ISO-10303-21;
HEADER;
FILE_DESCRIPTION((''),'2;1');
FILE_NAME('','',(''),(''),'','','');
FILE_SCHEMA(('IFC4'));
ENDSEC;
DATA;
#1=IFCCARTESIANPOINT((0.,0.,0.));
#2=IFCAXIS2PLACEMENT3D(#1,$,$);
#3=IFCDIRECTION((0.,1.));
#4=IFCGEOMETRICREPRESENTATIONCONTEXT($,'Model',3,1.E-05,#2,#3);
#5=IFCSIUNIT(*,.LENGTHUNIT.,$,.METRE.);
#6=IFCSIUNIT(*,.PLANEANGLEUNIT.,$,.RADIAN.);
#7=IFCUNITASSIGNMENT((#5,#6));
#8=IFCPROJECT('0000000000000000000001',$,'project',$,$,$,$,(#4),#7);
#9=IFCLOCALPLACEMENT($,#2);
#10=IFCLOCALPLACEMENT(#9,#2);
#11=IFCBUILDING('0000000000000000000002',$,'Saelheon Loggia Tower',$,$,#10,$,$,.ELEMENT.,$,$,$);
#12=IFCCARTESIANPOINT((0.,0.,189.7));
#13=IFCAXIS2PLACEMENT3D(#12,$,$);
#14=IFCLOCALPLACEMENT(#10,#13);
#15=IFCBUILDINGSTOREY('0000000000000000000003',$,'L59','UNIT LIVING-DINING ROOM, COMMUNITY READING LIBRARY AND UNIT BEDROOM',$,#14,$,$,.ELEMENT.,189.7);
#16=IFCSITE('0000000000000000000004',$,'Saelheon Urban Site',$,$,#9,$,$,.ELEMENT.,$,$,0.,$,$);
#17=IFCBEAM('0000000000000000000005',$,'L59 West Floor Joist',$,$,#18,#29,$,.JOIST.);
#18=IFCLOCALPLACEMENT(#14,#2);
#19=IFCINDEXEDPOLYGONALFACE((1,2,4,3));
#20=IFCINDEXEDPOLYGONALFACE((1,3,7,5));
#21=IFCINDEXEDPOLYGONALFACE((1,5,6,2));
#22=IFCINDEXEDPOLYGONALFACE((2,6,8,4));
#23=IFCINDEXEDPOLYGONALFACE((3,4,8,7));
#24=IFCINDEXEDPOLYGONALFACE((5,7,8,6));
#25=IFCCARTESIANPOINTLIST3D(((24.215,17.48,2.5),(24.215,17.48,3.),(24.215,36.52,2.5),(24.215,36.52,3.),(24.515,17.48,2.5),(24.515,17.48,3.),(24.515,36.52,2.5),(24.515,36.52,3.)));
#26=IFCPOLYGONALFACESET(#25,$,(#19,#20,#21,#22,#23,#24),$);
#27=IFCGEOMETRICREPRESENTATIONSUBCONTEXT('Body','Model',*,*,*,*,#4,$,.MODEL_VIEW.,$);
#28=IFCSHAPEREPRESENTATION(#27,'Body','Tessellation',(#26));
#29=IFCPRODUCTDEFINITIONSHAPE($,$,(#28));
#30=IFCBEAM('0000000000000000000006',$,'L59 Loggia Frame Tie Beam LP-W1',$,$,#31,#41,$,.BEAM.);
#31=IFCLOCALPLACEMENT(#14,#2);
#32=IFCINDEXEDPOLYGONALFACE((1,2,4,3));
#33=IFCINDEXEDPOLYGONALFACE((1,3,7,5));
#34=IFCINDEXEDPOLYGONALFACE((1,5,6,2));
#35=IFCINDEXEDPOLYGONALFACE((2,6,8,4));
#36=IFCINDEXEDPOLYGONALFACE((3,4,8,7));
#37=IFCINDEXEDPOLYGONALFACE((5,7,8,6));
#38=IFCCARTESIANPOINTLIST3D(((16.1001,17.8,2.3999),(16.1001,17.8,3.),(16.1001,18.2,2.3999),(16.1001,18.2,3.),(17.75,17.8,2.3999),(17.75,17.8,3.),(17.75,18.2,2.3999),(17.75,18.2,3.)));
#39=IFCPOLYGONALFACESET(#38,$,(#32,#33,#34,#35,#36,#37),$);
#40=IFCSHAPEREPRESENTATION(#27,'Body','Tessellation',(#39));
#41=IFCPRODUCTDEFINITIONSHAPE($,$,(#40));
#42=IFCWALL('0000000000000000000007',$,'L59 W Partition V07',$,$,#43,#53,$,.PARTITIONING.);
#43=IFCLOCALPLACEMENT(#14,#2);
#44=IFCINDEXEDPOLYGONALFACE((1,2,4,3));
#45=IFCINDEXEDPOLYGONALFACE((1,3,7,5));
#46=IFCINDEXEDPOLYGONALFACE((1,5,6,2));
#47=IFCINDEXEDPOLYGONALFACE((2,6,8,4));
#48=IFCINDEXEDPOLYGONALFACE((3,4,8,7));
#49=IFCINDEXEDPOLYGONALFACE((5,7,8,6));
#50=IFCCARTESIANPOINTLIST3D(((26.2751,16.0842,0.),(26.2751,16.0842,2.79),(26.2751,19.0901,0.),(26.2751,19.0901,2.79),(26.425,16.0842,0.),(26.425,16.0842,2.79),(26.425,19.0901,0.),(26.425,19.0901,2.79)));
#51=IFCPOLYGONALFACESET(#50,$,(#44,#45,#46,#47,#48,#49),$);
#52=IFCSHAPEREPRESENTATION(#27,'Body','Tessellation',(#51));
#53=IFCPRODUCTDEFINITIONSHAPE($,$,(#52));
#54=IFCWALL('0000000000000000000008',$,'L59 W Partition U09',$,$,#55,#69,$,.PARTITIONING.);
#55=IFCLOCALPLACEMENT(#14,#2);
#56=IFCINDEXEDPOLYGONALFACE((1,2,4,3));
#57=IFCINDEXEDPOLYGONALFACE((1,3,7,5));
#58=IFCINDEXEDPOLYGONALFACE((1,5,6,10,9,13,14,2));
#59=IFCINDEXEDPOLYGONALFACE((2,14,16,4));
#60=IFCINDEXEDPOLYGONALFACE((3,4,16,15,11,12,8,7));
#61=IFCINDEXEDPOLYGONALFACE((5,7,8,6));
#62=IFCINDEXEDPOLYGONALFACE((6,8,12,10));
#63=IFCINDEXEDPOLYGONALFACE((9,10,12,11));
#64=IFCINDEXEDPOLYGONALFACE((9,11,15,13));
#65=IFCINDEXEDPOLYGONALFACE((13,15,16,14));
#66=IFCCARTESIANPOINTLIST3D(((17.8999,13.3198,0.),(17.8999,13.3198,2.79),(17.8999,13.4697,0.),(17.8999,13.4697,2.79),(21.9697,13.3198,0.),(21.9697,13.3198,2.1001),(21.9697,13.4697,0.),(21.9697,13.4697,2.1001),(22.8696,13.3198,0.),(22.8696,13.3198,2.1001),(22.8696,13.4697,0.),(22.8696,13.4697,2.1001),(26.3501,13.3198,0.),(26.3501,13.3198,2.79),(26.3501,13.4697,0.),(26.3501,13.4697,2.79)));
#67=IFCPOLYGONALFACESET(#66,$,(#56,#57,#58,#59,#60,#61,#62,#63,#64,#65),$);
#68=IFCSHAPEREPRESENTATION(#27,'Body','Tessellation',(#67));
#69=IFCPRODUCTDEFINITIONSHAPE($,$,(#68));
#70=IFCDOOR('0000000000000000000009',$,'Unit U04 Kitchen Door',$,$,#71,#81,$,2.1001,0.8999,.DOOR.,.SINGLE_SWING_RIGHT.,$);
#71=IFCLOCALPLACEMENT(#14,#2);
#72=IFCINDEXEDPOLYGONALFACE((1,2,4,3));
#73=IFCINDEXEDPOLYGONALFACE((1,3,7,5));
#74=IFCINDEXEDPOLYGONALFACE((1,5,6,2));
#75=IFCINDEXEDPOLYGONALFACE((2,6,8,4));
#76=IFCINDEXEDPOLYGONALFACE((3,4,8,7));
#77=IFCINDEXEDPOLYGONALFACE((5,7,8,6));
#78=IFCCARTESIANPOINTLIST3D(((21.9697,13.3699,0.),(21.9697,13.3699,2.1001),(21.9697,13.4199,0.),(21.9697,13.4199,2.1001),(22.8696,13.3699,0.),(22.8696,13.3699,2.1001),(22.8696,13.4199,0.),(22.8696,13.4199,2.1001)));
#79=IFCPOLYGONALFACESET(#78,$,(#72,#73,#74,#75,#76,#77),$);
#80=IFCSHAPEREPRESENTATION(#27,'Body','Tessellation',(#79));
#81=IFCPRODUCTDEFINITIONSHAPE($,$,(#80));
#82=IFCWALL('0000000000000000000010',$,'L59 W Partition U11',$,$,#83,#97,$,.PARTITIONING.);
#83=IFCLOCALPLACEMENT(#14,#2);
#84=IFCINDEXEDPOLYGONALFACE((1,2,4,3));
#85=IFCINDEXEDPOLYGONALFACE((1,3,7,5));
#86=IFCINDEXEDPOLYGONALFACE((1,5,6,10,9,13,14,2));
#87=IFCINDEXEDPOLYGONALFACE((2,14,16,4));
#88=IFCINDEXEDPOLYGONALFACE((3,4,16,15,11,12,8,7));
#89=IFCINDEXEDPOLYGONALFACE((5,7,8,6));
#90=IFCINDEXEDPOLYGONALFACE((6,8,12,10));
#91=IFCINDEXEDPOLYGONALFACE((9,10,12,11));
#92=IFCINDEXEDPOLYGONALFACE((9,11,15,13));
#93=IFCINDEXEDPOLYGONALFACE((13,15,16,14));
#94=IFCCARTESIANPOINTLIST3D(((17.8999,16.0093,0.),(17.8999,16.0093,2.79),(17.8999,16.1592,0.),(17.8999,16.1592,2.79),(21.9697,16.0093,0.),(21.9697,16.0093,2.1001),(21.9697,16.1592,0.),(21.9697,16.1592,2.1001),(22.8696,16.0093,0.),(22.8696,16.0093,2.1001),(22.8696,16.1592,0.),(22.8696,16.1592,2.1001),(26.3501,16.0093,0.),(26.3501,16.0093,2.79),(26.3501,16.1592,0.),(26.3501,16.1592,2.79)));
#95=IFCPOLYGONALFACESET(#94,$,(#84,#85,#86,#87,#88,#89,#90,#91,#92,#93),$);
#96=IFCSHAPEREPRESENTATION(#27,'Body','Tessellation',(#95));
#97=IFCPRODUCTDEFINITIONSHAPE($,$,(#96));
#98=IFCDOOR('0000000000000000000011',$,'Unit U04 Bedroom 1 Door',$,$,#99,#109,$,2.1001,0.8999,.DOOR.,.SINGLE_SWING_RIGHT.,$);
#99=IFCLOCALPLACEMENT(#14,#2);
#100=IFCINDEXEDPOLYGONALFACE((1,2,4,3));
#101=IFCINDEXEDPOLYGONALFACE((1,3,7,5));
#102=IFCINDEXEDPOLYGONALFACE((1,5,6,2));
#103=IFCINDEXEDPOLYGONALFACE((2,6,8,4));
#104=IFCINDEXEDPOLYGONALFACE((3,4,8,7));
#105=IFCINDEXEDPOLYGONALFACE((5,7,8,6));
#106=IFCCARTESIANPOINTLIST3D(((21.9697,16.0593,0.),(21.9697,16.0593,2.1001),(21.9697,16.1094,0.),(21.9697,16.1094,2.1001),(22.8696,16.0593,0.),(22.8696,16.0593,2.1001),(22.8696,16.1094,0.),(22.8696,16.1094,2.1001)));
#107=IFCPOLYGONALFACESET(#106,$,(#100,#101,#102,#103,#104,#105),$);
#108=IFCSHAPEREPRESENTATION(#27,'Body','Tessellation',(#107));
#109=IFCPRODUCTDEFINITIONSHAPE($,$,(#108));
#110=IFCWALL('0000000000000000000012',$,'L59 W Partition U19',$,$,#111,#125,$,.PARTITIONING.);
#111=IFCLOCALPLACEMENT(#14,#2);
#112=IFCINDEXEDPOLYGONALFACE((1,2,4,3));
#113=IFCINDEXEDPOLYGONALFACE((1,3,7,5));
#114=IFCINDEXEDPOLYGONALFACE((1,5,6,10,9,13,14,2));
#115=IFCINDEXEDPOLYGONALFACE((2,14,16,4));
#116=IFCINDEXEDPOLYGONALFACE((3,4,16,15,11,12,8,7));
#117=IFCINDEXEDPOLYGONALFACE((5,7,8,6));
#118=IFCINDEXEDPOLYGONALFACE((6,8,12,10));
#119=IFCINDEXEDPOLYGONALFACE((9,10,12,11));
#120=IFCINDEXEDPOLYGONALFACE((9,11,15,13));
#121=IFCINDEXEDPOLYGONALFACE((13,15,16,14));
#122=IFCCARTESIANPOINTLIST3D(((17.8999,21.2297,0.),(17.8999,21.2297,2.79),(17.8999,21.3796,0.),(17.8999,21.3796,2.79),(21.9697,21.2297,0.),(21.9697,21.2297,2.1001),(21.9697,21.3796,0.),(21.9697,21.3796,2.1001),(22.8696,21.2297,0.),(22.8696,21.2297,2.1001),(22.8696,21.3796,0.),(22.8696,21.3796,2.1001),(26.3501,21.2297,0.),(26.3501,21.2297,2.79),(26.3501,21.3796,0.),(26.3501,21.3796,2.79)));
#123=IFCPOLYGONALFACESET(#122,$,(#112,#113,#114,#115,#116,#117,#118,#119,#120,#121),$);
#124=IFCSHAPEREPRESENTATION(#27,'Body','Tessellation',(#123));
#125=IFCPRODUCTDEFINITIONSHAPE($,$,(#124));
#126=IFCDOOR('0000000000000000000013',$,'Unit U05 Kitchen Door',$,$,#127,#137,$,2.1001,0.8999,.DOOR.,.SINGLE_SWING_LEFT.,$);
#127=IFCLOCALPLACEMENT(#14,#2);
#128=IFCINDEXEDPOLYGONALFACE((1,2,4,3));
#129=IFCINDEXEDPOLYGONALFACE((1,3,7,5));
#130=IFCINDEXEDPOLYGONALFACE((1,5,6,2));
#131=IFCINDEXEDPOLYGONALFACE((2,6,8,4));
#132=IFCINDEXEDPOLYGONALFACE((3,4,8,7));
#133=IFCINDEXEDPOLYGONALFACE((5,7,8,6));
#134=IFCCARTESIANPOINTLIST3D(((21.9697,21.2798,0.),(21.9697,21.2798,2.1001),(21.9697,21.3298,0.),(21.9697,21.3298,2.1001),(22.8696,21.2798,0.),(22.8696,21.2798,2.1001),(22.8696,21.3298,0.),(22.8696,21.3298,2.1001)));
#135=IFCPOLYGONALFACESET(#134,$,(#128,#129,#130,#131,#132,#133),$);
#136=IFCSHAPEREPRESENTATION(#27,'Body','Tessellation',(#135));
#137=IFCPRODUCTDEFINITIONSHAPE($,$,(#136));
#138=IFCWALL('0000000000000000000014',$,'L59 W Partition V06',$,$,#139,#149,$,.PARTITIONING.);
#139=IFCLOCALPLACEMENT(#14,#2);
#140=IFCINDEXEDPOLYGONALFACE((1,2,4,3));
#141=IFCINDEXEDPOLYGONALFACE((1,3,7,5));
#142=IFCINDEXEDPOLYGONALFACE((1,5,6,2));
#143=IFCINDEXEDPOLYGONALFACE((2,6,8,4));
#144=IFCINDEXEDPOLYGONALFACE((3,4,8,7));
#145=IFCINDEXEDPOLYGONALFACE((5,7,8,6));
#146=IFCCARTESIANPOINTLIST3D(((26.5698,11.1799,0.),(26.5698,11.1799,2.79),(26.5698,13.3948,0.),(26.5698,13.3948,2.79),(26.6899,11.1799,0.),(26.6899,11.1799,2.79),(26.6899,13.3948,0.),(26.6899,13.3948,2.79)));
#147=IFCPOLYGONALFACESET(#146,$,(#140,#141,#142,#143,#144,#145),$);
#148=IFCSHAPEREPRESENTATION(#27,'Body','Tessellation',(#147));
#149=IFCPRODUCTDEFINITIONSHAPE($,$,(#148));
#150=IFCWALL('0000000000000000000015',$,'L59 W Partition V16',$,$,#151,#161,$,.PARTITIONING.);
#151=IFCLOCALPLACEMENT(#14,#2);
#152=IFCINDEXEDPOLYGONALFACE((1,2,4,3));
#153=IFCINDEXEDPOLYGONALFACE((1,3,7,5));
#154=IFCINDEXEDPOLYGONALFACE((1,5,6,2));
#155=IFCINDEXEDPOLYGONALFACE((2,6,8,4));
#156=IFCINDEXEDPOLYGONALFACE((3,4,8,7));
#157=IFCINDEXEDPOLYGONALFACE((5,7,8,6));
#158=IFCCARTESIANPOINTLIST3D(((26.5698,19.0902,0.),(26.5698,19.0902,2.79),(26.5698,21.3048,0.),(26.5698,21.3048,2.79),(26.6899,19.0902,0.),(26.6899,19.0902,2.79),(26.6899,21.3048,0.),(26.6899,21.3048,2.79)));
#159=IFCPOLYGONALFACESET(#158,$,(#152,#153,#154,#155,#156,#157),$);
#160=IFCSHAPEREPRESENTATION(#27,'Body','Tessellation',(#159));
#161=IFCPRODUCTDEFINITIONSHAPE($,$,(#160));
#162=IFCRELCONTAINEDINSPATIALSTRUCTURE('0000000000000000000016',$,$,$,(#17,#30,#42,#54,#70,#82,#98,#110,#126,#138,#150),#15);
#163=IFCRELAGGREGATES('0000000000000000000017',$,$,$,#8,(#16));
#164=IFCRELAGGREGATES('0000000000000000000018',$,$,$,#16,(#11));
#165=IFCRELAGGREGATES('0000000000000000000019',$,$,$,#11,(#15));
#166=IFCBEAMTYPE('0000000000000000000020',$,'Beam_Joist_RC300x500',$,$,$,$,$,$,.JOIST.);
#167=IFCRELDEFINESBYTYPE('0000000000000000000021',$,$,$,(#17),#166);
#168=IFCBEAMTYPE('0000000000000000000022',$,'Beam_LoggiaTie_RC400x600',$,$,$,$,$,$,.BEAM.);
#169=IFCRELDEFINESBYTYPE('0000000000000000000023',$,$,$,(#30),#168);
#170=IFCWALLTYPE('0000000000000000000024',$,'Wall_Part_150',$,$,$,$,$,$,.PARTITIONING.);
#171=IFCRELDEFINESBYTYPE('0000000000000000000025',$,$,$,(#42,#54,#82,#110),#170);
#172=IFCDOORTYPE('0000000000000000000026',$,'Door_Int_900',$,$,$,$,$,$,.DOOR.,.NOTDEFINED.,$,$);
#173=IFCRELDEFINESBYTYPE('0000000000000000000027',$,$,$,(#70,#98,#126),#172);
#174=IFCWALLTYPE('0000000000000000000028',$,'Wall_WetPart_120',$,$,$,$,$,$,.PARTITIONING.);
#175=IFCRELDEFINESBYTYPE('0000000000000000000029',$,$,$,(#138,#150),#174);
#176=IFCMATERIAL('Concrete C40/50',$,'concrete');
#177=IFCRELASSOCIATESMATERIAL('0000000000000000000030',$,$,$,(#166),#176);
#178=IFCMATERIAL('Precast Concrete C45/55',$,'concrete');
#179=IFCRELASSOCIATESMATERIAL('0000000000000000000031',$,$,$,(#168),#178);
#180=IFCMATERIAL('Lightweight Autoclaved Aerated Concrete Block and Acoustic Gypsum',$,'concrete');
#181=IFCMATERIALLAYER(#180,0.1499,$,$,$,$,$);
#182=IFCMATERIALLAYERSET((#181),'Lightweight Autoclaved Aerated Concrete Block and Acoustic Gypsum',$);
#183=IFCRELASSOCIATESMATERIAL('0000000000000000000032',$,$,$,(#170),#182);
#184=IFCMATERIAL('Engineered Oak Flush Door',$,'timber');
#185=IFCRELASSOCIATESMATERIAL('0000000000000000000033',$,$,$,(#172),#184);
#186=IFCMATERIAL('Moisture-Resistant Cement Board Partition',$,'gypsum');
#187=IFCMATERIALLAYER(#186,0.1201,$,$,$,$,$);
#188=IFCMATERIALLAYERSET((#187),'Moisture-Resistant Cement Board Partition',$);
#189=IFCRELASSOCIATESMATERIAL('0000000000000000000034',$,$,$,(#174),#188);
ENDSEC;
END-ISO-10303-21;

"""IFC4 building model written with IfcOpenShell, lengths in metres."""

from ifc_helpers import new_model, si_unit, direction, frame, frame_2d, origin, origin_2d, place, context, subcontext, project, spatial, rectangle, extrude, source, transform, mapped, material, layer, layer_set, material_profile, profile_set, type_object, element, fill, save


model = new_model("IFC4")

# Units and contexts
model_context = context("Model", 3, precision=1e-05, world=origin(), true_north=direction((0.0, 1.0)))
body_context = subcontext(model_context, "Body", "Model", "MODEL_VIEW")
ifc_project = project(units=[si_unit("LENGTHUNIT", "METRE"), si_unit("PLANEANGLEUNIT", "RADIAN")], contexts=[model_context])

# Site, building, storey
site_placement = place(None, origin())
site = spatial("IfcSite", under=ifc_project, at=site_placement, Name="Saelheon Urban Site", CompositionType="ELEMENT", RefElevation=0.0)
building_placement = place(site_placement, origin())
building = spatial("IfcBuilding", under=site, at=building_placement, Name="Saelheon Loggia Tower", CompositionType="ELEMENT")
storey_placement = place(building_placement, frame((0.0, 0.0, 189.7)))
storey = spatial("IfcBuildingStorey", under=building, at=storey_placement, Name="L59", Description="UNIT LIVING-DINING ROOM, COMMUNITY READING LIBRARY AND UNIT BEDROOM", CompositionType="ELEMENT", Elevation=189.7)

# Beams
ifc_material_1 = material(Name="Concrete C40/50", Category="concrete")
ifc_material_profile_1 = material_profile(ifc_material_1, rectangle(XDim=0.3, YDim=0.5, at=origin_2d()), Name="RC-300x500")
ifc_profile_set_1 = profile_set([ifc_material_profile_1], Name="Concrete C40/50")
beam_type_1 = type_object("IfcBeamType", Name="Beam_Joist_RC300x500", PredefinedType="JOIST", material=ifc_profile_set_1)
shared_shape_1 = source(origin(), body_context, "Body", "SweptSolid", [
    extrude(rectangle(XDim=0.3, YDim=0.5, at=origin_2d()), origin(), (0.0, 0.0, 1.0), 19.04),
])
beam_1_placement = place(storey_placement, frame((24.365, 17.48, 2.75), z_axis=(0.0, 1.0, 0.0), x_axis=(-1.0, 0.0, 0.0)))
element("IfcBeam", 1, at=beam_1_placement, inside=storey, type_object=beam_type_1, Name="L59 West Floor Joist", PredefinedType="JOIST", context=body_context, shape_type="MappedRepresentation", body=[
    mapped(shared_shape_1, transform((0.0, 0.0, 0.0), scale=1.0)),
])
ifc_material_2 = material(Name="Precast Concrete C45/55", Category="concrete")
ifc_material_profile_2 = material_profile(ifc_material_2, rectangle(XDim=0.3999, YDim=0.6001, at=origin_2d()), Name="RC-400x600")
ifc_profile_set_2 = profile_set([ifc_material_profile_2], Name="Precast Concrete C45/55")
beam_type_2 = type_object("IfcBeamType", Name="Beam_LoggiaTie_RC400x600", PredefinedType="BEAM", material=ifc_profile_set_2)
shared_shape_2 = source(origin(), body_context, "Body", "SweptSolid", [
    extrude(rectangle(XDim=0.3999, YDim=0.6001, at=origin_2d()), origin(), (0.0, 0.0, 1.0), 1.6499),
])
beam_2_placement = place(storey_placement, frame((17.75, 18.0, 2.7), z_axis=(-1.0, 0.0, 0.0), x_axis=(0.0, -1.0, 0.0)))
element("IfcBeam", 2, at=beam_2_placement, inside=storey, type_object=beam_type_2, Name="L59 Loggia Frame Tie Beam LP-W1", PredefinedType="BEAM", context=body_context, shape_type="MappedRepresentation", body=[
    mapped(shared_shape_2, transform((0.0, 0.0, 0.0), scale=1.0)),
])

# Wall
ifc_material_3 = material(Name="Lightweight Autoclaved Aerated Concrete Block and Acoustic Gypsum", Category="concrete")
ifc_layer_1 = layer(ifc_material_3, 0.1499)
ifc_layer_set_1 = layer_set([ifc_layer_1], Name="Lightweight Autoclaved Aerated Concrete Block and Acoustic Gypsum")
wall_type_1 = type_object("IfcWallType", Name="Wall_Part_150", PredefinedType="PARTITIONING", material=ifc_layer_set_1)
wall_1_placement = place(storey_placement, frame((26.3501, 16.0842, 0.0), z_axis=(0.0, 0.0, 1.0), x_axis=(0.0, 1.0, 0.0)))
element("IfcWall", 3, at=wall_1_placement, inside=storey, type_object=wall_type_1, Name="L59 W Partition V07", PredefinedType="PARTITIONING", context=body_context, shape_type="SweptSolid", body=[
    extrude(rectangle(XDim=3.0059, YDim=0.1499, at=frame_2d((1.5029, 0.0))), origin(), (0.0, 0.0, 1.0), 2.79),
])

# Walls, openings, doors
wall_2_placement = place(storey_placement, frame((26.3501, 13.3948, 0.0), z_axis=(0.0, 0.0, 1.0), x_axis=(-1.0, 0.0, 0.0)))
wall_2 = element("IfcWall", 4, at=wall_2_placement, inside=storey, type_object=wall_type_1, Name="L59 W Partition U09", PredefinedType="PARTITIONING", context=body_context, shape_type="SweptSolid", body=[
    extrude(rectangle(XDim=8.4502, YDim=0.1499, at=frame_2d((4.2251, 0.0))), origin(), (0.0, 0.0, 1.0), 2.79),
])
opening_1_placement = place(wall_2_placement, frame((3.4805, 0.0, 0.0)))
opening_1 = element("IfcOpeningElement", 5, at=opening_1_placement, cuts=wall_2, PredefinedType="OPENING", context=body_context, shape_type="SweptSolid", body=[
    extrude(rectangle(XDim=0.8999, YDim=2.1001, at=frame_2d((0.45, 1.05))), frame((0.0, 0.0869, 0.0), z_axis=(0.0, -1.0, 0.0), x_axis=(1.0, 0.0, 0.0)), (0.0, 0.0, 1.0), 0.1738),
])
ifc_material_4 = material(Name="Engineered Oak Flush Door", Category="timber")
door_type = type_object("IfcDoorType", Name="Door_Int_900", OperationType="NOTDEFINED", PredefinedType="DOOR", material=ifc_material_4)
shared_shape_3 = source(origin(), body_context, "Body", "SweptSolid", [
    extrude(rectangle(XDim=0.8999, YDim=2.1001, at=frame_2d((0.45, 1.05))), frame((0.0, 0.0249, 0.0), z_axis=(0.0, -1.0, 0.0), x_axis=(1.0, 0.0, 0.0)), (0.0, 0.0, 1.0), 0.05),
])
door_1_placement = place(opening_1_placement, origin())
door_1 = element("IfcDoor", 6, at=door_1_placement, inside=storey, type_object=door_type, Name="Unit U04 Kitchen Door", OperationType="SINGLE_SWING_RIGHT", OverallHeight=2.1001, OverallWidth=0.8999, PredefinedType="DOOR", context=body_context, shape_type="MappedRepresentation", body=[
    mapped(shared_shape_3, transform((0.0, 0.0, 0.0), scale=1.0)),
])
fill(opening_1, door_1)
wall_3_placement = place(storey_placement, frame((26.3501, 16.0842, 0.0), z_axis=(0.0, 0.0, 1.0), x_axis=(-1.0, 0.0, 0.0)))
wall_3 = element("IfcWall", 7, at=wall_3_placement, inside=storey, type_object=wall_type_1, Name="L59 W Partition U11", PredefinedType="PARTITIONING", context=body_context, shape_type="SweptSolid", body=[
    extrude(rectangle(XDim=8.4502, YDim=0.1499, at=frame_2d((4.2251, 0.0))), origin(), (0.0, 0.0, 1.0), 2.79),
])
opening_2_placement = place(wall_3_placement, frame((3.4805, 0.0, 0.0)))
opening_2 = element("IfcOpeningElement", 8, at=opening_2_placement, cuts=wall_3, PredefinedType="OPENING", context=body_context, shape_type="SweptSolid", body=[
    extrude(rectangle(XDim=0.8999, YDim=2.1001, at=frame_2d((0.45, 1.05))), frame((0.0, 0.0869, 0.0), z_axis=(0.0, -1.0, 0.0), x_axis=(1.0, 0.0, 0.0)), (0.0, 0.0, 1.0), 0.1738),
])
door_2_placement = place(opening_2_placement, origin())
door_2 = element("IfcDoor", 9, at=door_2_placement, inside=storey, type_object=door_type, Name="Unit U04 Bedroom 1 Door", OperationType="SINGLE_SWING_RIGHT", OverallHeight=2.1001, OverallWidth=0.8999, PredefinedType="DOOR", context=body_context, shape_type="MappedRepresentation", body=[
    mapped(shared_shape_3, transform((0.0, 0.0, 0.0), scale=1.0)),
])
fill(opening_2, door_2)
wall_4_placement = place(storey_placement, frame((26.3501, 21.3047, 0.0), z_axis=(0.0, 0.0, 1.0), x_axis=(-1.0, 0.0, 0.0)))
wall_4 = element("IfcWall", 10, at=wall_4_placement, inside=storey, type_object=wall_type_1, Name="L59 W Partition U19", PredefinedType="PARTITIONING", context=body_context, shape_type="SweptSolid", body=[
    extrude(rectangle(XDim=8.4502, YDim=0.1499, at=frame_2d((4.2251, 0.0))), origin(), (0.0, 0.0, 1.0), 2.79),
])
opening_3_placement = place(wall_4_placement, frame((3.4805, 0.0, 0.0)))
opening_3 = element("IfcOpeningElement", 11, at=opening_3_placement, cuts=wall_4, PredefinedType="OPENING", context=body_context, shape_type="SweptSolid", body=[
    extrude(rectangle(XDim=0.8999, YDim=2.1001, at=frame_2d((0.45, 1.05))), frame((0.0, 0.0869, 0.0), z_axis=(0.0, -1.0, 0.0), x_axis=(1.0, 0.0, 0.0)), (0.0, 0.0, 1.0), 0.1738),
])
door_3_placement = place(opening_3_placement, origin())
door_3 = element("IfcDoor", 12, at=door_3_placement, inside=storey, type_object=door_type, Name="Unit U05 Kitchen Door", OperationType="SINGLE_SWING_LEFT", OverallHeight=2.1001, OverallWidth=0.8999, PredefinedType="DOOR", context=body_context, shape_type="MappedRepresentation", body=[
    mapped(shared_shape_3, transform((0.0, 0.0, 0.0), scale=1.0)),
])
fill(opening_3, door_3)

# Walls
ifc_material_5 = material(Name="Moisture-Resistant Cement Board Partition", Category="gypsum")
ifc_layer_2 = layer(ifc_material_5, 0.1201)
ifc_layer_set_2 = layer_set([ifc_layer_2], Name="Moisture-Resistant Cement Board Partition")
wall_type_2 = type_object("IfcWallType", Name="Wall_WetPart_120", PredefinedType="PARTITIONING", material=ifc_layer_set_2)
wall_5_placement = place(storey_placement, frame((26.6299, 11.1799, 0.0), z_axis=(0.0, 0.0, 1.0), x_axis=(0.0, 1.0, 0.0)))
element("IfcWall", 13, at=wall_5_placement, inside=storey, type_object=wall_type_2, Name="L59 W Partition V06", PredefinedType="PARTITIONING", context=body_context, shape_type="SweptSolid", body=[
    extrude(rectangle(XDim=2.2148, YDim=0.1201, at=frame_2d((1.1074, 0.0))), origin(), (0.0, 0.0, 1.0), 2.79),
])
wall_6_placement = place(storey_placement, frame((26.6299, 19.0901, 0.0), z_axis=(0.0, 0.0, 1.0), x_axis=(0.0, 1.0, 0.0)))
element("IfcWall", 14, at=wall_6_placement, inside=storey, type_object=wall_type_2, Name="L59 W Partition V16", PredefinedType="PARTITIONING", context=body_context, shape_type="SweptSolid", body=[
    extrude(rectangle(XDim=2.2146, YDim=0.1201, at=frame_2d((1.1074, 0.0))), origin(), (0.0, 0.0, 1.0), 2.79),
])

save(model, "model.ifc")
